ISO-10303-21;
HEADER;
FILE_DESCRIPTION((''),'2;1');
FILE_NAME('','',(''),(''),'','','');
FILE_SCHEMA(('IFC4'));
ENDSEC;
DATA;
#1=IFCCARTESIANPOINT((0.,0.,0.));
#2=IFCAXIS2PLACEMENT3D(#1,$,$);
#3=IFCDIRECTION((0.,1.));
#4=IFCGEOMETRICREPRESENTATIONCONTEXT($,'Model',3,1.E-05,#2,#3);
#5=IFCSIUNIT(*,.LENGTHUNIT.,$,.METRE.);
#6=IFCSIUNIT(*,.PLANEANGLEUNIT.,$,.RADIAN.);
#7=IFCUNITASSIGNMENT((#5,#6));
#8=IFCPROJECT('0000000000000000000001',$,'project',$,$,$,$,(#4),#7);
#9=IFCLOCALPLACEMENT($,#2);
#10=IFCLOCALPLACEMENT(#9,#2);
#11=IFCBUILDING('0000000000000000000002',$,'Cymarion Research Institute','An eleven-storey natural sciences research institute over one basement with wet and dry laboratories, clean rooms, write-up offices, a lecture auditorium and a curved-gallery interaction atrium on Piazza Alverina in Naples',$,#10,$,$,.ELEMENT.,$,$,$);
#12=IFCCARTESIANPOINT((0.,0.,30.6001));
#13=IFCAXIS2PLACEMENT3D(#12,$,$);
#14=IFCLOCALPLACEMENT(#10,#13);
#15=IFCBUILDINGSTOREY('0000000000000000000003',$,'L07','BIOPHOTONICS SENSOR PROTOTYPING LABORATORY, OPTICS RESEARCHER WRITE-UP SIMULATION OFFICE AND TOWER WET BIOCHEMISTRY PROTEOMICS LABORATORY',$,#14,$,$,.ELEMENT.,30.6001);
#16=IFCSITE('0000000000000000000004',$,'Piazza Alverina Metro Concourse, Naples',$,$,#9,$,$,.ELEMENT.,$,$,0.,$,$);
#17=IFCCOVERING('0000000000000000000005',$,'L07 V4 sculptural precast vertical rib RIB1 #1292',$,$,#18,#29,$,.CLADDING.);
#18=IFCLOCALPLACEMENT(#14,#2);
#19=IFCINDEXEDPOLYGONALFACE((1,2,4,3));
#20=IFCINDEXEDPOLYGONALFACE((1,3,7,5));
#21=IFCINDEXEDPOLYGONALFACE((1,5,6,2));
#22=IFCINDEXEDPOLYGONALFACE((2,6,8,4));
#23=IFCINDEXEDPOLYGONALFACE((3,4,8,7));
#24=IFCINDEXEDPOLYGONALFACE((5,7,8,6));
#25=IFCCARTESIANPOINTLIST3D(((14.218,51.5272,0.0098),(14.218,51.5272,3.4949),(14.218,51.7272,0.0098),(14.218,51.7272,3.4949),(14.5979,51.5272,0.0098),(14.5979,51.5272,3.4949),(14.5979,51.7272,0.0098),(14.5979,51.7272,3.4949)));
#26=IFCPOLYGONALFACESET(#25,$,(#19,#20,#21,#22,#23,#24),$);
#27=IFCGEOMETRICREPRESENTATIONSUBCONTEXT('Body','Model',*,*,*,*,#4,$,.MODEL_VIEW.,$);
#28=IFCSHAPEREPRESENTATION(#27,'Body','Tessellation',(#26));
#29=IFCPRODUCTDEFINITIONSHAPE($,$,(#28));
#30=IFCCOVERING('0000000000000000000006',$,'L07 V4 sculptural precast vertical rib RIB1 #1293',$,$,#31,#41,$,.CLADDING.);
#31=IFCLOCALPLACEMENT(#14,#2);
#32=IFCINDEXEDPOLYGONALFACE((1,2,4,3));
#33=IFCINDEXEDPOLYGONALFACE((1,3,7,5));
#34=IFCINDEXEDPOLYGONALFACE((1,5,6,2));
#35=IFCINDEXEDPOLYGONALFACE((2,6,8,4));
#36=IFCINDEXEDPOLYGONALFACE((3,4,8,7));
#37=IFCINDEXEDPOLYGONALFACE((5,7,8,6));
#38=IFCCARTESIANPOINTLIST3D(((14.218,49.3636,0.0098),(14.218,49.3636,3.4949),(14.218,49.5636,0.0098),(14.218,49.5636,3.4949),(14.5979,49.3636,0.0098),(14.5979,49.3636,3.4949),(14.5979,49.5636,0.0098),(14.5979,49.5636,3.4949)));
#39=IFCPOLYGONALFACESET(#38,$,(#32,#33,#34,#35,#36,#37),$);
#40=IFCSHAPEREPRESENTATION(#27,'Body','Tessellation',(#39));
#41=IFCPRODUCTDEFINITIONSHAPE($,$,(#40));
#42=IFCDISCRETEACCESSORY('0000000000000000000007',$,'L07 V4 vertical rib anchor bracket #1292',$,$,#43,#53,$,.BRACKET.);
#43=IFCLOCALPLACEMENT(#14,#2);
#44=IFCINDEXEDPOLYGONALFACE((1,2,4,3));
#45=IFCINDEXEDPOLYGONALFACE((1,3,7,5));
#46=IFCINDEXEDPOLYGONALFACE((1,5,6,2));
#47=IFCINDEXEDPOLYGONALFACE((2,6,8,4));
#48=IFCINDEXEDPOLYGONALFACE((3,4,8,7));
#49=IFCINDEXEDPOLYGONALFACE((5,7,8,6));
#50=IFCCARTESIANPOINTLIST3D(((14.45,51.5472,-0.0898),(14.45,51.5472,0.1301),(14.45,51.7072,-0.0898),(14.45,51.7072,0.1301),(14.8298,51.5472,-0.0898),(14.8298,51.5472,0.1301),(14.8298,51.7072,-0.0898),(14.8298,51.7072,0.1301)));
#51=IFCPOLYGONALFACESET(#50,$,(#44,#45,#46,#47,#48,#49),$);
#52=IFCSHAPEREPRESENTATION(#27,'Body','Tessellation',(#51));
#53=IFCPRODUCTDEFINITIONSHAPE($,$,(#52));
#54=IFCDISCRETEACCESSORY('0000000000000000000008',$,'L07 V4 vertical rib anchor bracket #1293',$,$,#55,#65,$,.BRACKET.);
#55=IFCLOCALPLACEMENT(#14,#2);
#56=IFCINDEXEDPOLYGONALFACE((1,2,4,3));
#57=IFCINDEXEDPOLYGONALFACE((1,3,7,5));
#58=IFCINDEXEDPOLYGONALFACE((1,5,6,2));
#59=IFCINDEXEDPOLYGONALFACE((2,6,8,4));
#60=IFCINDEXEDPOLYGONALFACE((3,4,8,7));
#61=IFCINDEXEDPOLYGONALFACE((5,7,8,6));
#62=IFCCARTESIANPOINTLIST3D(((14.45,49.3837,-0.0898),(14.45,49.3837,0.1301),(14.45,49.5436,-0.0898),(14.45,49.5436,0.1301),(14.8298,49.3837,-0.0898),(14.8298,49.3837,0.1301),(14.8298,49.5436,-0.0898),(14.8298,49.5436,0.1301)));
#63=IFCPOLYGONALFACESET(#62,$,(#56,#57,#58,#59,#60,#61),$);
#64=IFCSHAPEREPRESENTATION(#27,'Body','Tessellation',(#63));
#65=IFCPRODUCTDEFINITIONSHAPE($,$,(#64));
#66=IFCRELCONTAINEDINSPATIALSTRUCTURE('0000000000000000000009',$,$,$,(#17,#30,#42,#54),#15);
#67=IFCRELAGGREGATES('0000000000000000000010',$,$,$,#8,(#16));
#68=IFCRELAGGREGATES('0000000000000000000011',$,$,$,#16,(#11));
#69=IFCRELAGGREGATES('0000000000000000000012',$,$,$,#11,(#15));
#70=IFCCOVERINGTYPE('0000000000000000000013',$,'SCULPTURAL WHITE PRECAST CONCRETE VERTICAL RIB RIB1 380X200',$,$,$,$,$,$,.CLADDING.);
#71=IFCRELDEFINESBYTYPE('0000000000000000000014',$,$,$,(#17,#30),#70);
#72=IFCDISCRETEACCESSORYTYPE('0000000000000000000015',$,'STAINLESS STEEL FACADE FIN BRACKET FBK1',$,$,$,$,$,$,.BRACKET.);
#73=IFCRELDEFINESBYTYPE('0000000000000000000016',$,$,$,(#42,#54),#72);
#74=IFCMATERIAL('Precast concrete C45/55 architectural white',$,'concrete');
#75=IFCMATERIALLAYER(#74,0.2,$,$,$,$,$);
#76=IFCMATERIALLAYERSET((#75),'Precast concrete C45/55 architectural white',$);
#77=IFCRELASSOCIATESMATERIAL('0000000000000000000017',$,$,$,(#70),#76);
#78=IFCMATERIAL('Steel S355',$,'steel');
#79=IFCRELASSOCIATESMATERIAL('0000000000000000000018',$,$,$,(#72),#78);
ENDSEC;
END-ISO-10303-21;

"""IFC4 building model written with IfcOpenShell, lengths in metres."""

from ifc_helpers import new_model, si_unit, direction, frame, origin, origin_2d, place, context, subcontext, project, spatial, rectangle, extrude, material, layer, layer_set, type_object, element, save


model = new_model("IFC4")

# Units and contexts
model_context = context("Model", 3, precision=1e-05, world=origin(), true_north=direction((0.0, 1.0)))
body_context = subcontext(model_context, "Body", "Model", "MODEL_VIEW")
ifc_project = project(units=[si_unit("LENGTHUNIT", "METRE"), si_unit("PLANEANGLEUNIT", "RADIAN")], contexts=[model_context])

# Site, building, storey
site_placement = place(None, origin())
site = spatial("IfcSite", under=ifc_project, at=site_placement, Name="Piazza Alverina Metro Concourse, Naples", CompositionType="ELEMENT", RefElevation=0.0)
building_placement = place(site_placement, origin())
building = spatial("IfcBuilding", under=site, at=building_placement, Name="Cymarion Research Institute", Description="An eleven-storey natural sciences research institute over one basement with wet and dry laboratories, clean rooms, write-up offices, a lecture auditorium and a curved-gallery interaction atrium on Piazza Alverina in Naples", CompositionType="ELEMENT")
storey_placement = place(building_placement, frame((0.0, 0.0, 30.6001)))
storey = spatial("IfcBuildingStorey", under=building, at=storey_placement, Name="L07", Description="BIOPHOTONICS SENSOR PROTOTYPING LABORATORY, OPTICS RESEARCHER WRITE-UP SIMULATION OFFICE AND TOWER WET BIOCHEMISTRY PROTEOMICS LABORATORY", CompositionType="ELEMENT", Elevation=30.6001)

# Shared definitions
ifc_material_1 = material(Name="Steel S355", Category="steel")

# Coverings
ifc_material_2 = material(Name="Precast concrete C45/55 architectural white", Category="concrete")
ifc_layer_1 = layer(ifc_material_2, 0.2)
ifc_layer_set_1 = layer_set([ifc_layer_1], Name="Precast concrete C45/55 architectural white")
covering_type = type_object("IfcCoveringType", Name="SCULPTURAL WHITE PRECAST CONCRETE VERTICAL RIB RIB1 380X200", PredefinedType="CLADDING", material=ifc_layer_set_1)
for number, where, z_axis, x_axis, name in (
    (1, (14.408, 51.6272, 0.0098), (0.0, 0.0, 1.0), (-1.0, 0.0, 0.0), "L07 V4 sculptural precast vertical rib RIB1 #1292"),
    (2, (14.408, 49.4636, 0.0098), (0.0, 0.0, 1.0), (-1.0, 0.0, 0.0), "L07 V4 sculptural precast vertical rib RIB1 #1293"),
):
    element("IfcCovering", number, at=place(storey_placement, frame(where, z_axis=z_axis, x_axis=x_axis)), inside=storey, type_object=covering_type, Name=name, PredefinedType="CLADDING", context=body_context, shape_type="SweptSolid", body=[
        extrude(rectangle(XDim=0.3799, YDim=0.2, at=origin_2d()), origin(), (0.0, 0.0, 1.0), 3.4851),
    ])

# Discrete accessories
discrete_accessory_type = type_object("IfcDiscreteAccessoryType", Name="STAINLESS STEEL FACADE FIN BRACKET FBK1", PredefinedType="BRACKET", material=ifc_material_1)
for number, where, z_axis, x_axis, name in (
    (3, (14.6399, 51.6272, -0.0898), (0.0, 0.0, 1.0), (-1.0, 0.0, 0.0), "L07 V4 vertical rib anchor bracket #1292"),
    (4, (14.6399, 49.4636, -0.0898), (0.0, 0.0, 1.0), (-1.0, 0.0, 0.0), "L07 V4 vertical rib anchor bracket #1293"),
):
    element("IfcDiscreteAccessory", number, at=place(storey_placement, frame(where, z_axis=z_axis, x_axis=x_axis)), inside=storey, type_object=discrete_accessory_type, Name=name, PredefinedType="BRACKET", context=body_context, shape_type="SweptSolid", body=[
        extrude(rectangle(XDim=0.3799, YDim=0.1599, at=origin_2d()), origin(), (0.0, 0.0, 1.0), 0.22),
    ])

save(model, "model.ifc")
